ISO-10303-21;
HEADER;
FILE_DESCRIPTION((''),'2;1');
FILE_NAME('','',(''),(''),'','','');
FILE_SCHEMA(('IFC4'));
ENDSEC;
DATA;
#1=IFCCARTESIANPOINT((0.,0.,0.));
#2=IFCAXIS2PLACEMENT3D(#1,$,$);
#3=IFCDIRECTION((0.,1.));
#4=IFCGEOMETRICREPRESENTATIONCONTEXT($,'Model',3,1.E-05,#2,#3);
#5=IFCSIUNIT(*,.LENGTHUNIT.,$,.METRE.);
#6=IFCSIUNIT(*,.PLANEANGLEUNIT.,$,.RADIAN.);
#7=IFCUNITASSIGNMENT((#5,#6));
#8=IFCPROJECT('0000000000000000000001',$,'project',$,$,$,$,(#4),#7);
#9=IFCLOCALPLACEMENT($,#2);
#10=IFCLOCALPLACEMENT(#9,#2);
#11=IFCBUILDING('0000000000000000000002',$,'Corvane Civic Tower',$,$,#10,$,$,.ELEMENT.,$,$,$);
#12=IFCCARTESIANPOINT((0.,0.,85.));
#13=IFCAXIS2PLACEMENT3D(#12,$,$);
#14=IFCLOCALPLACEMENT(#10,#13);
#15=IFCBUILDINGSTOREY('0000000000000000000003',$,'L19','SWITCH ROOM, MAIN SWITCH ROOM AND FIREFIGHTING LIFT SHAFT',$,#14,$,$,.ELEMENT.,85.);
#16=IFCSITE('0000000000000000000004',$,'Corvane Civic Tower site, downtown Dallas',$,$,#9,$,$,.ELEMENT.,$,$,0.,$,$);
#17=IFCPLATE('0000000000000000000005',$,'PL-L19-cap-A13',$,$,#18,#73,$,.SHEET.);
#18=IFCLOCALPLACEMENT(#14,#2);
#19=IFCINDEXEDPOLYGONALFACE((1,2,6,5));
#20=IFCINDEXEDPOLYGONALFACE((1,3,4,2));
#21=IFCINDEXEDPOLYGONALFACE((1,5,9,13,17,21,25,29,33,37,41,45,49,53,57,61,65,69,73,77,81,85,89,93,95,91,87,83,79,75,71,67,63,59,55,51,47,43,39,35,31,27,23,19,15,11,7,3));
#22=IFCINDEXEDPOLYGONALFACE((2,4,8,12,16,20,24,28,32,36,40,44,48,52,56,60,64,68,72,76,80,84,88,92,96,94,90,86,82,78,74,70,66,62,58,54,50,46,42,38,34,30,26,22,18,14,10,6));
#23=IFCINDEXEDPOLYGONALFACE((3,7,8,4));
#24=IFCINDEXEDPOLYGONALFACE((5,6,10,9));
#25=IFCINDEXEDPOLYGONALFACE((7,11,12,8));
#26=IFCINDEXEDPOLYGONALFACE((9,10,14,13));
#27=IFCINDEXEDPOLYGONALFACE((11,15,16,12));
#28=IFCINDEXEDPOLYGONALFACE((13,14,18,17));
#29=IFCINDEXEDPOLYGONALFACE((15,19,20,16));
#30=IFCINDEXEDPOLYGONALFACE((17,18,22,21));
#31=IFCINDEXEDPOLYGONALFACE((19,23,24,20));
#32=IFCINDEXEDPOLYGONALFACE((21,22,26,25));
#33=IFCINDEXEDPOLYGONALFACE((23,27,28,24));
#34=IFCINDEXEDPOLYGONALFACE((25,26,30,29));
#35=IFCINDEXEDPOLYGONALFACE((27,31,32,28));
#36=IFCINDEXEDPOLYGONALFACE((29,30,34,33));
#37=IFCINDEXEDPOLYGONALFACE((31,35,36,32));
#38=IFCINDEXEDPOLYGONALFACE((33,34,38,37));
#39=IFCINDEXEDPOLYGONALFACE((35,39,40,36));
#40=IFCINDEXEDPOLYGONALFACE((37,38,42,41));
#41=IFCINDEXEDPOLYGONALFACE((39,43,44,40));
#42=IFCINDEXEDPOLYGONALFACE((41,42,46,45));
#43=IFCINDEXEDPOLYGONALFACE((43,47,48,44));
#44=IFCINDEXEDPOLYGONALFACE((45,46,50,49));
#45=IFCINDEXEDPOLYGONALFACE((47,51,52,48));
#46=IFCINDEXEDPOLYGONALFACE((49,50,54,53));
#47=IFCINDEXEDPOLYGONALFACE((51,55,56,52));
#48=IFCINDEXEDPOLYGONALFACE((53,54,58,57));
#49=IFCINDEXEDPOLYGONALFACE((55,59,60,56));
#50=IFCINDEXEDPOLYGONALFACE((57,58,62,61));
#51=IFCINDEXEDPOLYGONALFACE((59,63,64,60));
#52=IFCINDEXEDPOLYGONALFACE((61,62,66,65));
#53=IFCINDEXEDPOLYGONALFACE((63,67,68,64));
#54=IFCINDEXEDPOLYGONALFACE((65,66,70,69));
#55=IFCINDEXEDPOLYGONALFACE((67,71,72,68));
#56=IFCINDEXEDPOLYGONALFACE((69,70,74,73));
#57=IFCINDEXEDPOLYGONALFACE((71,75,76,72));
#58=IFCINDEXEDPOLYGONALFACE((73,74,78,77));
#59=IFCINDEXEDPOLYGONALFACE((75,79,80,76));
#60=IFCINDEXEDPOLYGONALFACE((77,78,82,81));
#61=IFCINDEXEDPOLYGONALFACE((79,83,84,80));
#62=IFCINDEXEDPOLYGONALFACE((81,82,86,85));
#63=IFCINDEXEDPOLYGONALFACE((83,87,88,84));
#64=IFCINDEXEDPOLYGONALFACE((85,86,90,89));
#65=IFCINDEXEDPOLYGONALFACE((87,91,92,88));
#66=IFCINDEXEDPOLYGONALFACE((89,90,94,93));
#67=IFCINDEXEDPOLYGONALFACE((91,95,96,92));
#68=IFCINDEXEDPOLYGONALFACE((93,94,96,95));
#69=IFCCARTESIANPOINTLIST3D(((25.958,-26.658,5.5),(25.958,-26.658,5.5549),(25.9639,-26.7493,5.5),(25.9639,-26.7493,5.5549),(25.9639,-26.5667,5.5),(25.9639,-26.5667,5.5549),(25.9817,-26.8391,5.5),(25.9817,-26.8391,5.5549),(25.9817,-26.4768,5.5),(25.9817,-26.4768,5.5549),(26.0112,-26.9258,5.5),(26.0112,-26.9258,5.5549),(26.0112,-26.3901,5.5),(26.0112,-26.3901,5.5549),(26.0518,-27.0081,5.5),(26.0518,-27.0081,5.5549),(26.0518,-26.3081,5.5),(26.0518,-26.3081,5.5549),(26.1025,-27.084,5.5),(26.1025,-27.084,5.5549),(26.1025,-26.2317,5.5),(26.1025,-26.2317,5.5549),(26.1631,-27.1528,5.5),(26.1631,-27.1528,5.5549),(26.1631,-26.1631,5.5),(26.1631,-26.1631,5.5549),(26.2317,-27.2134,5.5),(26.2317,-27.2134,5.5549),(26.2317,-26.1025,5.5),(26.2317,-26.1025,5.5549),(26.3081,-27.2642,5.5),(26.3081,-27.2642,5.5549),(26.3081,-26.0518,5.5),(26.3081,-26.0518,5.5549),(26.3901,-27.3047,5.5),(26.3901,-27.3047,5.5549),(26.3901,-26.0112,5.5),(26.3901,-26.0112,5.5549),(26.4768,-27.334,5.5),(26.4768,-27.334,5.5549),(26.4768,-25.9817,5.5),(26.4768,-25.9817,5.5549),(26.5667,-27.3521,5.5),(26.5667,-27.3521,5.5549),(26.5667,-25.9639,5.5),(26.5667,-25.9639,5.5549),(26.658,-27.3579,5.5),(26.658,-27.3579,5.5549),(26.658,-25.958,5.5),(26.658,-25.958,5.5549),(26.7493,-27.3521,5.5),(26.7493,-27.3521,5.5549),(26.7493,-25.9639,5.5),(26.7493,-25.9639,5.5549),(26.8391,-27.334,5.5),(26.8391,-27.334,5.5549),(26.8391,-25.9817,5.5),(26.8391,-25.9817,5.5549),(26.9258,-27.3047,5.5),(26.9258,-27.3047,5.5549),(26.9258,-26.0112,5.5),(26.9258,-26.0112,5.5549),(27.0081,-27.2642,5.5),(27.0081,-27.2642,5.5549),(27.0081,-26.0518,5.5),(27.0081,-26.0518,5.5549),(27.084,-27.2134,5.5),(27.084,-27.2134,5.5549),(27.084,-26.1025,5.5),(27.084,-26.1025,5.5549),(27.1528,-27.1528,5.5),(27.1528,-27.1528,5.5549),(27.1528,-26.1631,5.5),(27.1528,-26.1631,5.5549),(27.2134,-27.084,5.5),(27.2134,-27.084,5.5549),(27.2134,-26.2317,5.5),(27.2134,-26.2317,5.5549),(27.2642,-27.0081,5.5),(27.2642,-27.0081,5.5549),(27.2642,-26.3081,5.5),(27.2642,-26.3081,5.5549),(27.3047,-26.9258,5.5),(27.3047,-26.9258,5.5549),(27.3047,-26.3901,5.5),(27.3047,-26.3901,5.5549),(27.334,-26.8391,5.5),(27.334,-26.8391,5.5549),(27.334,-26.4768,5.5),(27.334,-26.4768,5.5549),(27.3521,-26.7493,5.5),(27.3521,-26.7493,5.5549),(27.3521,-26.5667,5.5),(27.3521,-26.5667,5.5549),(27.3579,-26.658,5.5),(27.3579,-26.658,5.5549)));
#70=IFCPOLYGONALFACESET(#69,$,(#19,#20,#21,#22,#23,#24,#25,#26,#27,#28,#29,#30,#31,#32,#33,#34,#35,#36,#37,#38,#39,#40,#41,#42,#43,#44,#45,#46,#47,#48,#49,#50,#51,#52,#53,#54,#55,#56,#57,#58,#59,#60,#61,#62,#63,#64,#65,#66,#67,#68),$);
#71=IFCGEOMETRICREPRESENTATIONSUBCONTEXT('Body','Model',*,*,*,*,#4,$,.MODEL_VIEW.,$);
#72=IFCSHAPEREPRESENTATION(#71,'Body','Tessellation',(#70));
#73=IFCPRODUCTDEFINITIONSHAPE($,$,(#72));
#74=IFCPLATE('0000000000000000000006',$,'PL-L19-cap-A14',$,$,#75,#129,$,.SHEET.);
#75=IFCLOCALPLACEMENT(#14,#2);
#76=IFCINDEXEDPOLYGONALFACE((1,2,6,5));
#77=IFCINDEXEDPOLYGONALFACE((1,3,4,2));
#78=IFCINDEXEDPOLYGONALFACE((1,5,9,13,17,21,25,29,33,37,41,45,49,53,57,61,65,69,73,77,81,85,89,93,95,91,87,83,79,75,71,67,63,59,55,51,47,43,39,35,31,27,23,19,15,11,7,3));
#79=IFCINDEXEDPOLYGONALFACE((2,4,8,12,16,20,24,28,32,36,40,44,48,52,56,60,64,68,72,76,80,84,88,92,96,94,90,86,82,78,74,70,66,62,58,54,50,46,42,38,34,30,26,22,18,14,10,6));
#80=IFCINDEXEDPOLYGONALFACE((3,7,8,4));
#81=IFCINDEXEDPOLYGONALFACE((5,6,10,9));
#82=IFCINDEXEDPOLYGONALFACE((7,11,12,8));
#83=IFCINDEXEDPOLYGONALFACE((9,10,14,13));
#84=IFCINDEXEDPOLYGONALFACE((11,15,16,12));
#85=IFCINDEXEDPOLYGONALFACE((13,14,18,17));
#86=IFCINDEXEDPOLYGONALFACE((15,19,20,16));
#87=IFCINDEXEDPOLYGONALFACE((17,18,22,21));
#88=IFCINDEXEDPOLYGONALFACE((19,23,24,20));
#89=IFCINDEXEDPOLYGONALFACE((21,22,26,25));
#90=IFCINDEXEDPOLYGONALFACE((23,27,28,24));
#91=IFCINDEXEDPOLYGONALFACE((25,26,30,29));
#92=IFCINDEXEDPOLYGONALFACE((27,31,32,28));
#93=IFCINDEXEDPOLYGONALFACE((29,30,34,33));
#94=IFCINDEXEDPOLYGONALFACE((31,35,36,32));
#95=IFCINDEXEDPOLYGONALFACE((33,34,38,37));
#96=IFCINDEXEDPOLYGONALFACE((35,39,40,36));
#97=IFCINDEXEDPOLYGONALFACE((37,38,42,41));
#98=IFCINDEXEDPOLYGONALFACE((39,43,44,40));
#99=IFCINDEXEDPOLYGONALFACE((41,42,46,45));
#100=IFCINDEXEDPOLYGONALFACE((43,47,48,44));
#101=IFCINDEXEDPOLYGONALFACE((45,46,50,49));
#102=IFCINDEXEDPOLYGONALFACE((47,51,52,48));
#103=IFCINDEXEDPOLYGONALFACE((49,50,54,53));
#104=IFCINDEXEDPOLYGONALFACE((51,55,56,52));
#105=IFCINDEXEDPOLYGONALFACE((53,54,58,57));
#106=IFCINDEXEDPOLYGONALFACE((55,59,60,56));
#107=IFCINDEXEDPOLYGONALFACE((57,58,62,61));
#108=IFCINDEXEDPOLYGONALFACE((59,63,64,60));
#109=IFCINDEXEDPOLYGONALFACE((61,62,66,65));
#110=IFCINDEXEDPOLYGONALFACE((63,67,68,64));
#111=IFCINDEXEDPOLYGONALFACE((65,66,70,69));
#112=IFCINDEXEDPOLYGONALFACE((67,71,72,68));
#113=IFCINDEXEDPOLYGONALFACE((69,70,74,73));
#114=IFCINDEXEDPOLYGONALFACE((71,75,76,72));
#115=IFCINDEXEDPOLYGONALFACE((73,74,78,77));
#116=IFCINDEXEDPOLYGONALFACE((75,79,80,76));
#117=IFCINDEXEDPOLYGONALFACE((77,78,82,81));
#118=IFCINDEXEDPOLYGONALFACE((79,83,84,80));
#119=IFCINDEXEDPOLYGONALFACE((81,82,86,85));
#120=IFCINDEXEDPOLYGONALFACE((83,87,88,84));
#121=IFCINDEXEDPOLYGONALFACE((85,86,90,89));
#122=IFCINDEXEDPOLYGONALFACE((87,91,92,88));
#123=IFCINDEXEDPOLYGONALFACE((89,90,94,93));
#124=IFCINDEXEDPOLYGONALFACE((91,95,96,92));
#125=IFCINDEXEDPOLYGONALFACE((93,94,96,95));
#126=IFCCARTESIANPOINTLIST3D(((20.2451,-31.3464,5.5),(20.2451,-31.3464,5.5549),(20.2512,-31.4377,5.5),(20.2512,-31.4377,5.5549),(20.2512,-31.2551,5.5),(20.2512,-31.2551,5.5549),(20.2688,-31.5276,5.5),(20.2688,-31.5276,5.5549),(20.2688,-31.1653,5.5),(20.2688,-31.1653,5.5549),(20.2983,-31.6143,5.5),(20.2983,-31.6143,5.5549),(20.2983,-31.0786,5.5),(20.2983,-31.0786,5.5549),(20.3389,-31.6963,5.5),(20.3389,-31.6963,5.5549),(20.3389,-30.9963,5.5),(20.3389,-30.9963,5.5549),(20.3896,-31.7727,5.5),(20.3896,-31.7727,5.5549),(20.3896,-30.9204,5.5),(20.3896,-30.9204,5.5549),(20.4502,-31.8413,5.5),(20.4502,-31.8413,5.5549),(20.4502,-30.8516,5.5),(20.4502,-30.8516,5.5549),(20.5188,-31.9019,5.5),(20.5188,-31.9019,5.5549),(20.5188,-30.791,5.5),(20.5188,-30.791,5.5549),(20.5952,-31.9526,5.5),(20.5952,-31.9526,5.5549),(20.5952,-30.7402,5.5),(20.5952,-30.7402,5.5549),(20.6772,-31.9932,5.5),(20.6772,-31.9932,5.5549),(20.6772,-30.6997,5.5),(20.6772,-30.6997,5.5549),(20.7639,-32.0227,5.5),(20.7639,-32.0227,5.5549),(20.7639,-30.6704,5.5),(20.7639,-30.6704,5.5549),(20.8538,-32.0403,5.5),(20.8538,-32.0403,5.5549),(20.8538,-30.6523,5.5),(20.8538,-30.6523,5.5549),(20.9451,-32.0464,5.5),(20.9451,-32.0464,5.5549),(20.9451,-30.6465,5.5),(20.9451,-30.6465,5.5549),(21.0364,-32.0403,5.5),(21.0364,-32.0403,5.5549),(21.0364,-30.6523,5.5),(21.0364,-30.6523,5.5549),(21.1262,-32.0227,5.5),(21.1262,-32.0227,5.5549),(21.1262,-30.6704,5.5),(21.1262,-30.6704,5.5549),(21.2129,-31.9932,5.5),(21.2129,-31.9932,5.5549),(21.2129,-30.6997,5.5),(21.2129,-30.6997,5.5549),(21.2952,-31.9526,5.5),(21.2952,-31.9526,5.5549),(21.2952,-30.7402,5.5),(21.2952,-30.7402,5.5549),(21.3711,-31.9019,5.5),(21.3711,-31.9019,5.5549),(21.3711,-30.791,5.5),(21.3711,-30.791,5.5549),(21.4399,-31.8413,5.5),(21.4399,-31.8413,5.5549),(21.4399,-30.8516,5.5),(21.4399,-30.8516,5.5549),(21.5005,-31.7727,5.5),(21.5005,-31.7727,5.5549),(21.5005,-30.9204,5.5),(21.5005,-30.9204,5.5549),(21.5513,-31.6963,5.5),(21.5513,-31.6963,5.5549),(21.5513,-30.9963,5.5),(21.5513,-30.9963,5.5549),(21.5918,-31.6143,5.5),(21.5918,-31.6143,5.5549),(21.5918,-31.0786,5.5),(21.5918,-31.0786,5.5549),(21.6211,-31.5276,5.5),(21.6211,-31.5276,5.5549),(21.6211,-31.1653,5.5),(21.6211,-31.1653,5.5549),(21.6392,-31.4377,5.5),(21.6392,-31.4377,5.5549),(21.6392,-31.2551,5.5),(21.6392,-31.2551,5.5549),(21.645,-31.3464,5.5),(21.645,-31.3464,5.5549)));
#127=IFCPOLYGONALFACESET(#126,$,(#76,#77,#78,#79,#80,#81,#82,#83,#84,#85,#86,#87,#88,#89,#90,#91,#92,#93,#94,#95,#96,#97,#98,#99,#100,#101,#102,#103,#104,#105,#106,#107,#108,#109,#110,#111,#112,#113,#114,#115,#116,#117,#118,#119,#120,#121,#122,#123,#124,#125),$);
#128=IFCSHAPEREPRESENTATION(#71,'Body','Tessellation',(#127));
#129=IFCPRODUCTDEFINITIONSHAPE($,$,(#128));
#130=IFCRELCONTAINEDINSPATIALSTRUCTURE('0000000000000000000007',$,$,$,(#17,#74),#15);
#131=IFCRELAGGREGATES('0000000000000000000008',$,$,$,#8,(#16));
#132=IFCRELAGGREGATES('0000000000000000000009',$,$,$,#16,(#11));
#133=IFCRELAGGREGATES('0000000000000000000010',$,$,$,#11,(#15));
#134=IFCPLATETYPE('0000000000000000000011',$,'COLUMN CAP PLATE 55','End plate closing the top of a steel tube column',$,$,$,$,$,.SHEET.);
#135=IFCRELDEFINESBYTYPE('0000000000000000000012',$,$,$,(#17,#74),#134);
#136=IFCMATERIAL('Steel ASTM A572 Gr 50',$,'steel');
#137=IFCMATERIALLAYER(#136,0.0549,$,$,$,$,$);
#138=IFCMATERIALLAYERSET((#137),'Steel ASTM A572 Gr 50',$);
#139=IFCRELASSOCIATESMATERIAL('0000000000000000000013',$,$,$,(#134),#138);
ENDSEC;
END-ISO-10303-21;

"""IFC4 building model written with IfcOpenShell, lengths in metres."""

from ifc_helpers import new_model, si_unit, direction, frame, origin, place, context, subcontext, project, spatial, polyline, outline, extrude, material, layer, layer_set, type_object, element, save


model = new_model("IFC4")

# Units and contexts
model_context = context("Model", 3, precision=1e-05, world=origin(), true_north=direction((0.0, 1.0)))
body_context = subcontext(model_context, "Body", "Model", "MODEL_VIEW")
ifc_project = project(units=[si_unit("LENGTHUNIT", "METRE"), si_unit("PLANEANGLEUNIT", "RADIAN")], contexts=[model_context])

# Site, building, storey
site_placement = place(None, origin())
site = spatial("IfcSite", under=ifc_project, at=site_placement, Name="Corvane Civic Tower site, downtown Dallas", CompositionType="ELEMENT", RefElevation=0.0)
building_placement = place(site_placement, origin())
building = spatial("IfcBuilding", under=site, at=building_placement, Name="Corvane Civic Tower", CompositionType="ELEMENT")
storey_placement = place(building_placement, frame((0.0, 0.0, 85.0)))
storey = spatial("IfcBuildingStorey", under=building, at=storey_placement, Name="L19", Description="SWITCH ROOM, MAIN SWITCH ROOM AND FIREFIGHTING LIFT SHAFT", CompositionType="ELEMENT", Elevation=85.0)

# Plates
ifc_material_1 = material(Name="Steel ASTM A572 Gr 50", Category="steel")
ifc_layer_1 = layer(ifc_material_1, 0.0549)
ifc_layer_set_1 = layer_set([ifc_layer_1], Name="Steel ASTM A572 Gr 50")
plate_type = type_object("IfcPlateType", Name="COLUMN CAP PLATE 55", Description="End plate closing the top of a steel tube column", PredefinedType="SHEET", material=ifc_layer_set_1)
plate_1_placement = place(storey_placement, frame((0.0, 0.0, 5.5)))
element("IfcPlate", 1, at=plate_1_placement, inside=storey, type_object=plate_type, Name="PL-L19-cap-A13", PredefinedType="SHEET", context=body_context, shape_type="SweptSolid", body=[
    extrude(outline(polyline([(27.3579, -26.658), (27.3521, -26.5667), (27.334, -26.4768), (27.3047, -26.3901), (27.2642, -26.3081), (27.2134, -26.2317), (27.1528, -26.1631), (27.084, -26.1025), (27.0081, -26.0518), (26.9258, -26.0112), (26.8391, -25.9817), (26.7493, -25.9639), (26.658, -25.958), (26.5667, -25.9639), (26.4768, -25.9817), (26.3901, -26.0112), (26.3081, -26.0518), (26.2317, -26.1025), (26.1631, -26.1631), (26.1025, -26.2317), (26.0518, -26.3081), (26.0112, -26.3901), (25.9817, -26.4768), (25.9639, -26.5667), (25.958, -26.658), (25.9639, -26.7493), (25.9817, -26.8391), (26.0112, -26.9258), (26.0518, -27.0081), (26.1025, -27.084), (26.1631, -27.1528), (26.2317, -27.2134), (26.3081, -27.2642), (26.3901, -27.3047), (26.4768, -27.334), (26.5667, -27.3521), (26.658, -27.3579), (26.7493, -27.3521), (26.8391, -27.334), (26.9258, -27.3047), (27.0081, -27.2642), (27.084, -27.2134), (27.1528, -27.1528), (27.2134, -27.084), (27.2642, -27.0081), (27.3047, -26.9258), (27.334, -26.8391), (27.3521, -26.7493), (27.3579, -26.658)])), origin(), (0.0, 0.0, 1.0), 0.0549),
])
plate_2_placement = place(storey_placement, frame((0.0, 0.0, 5.5)))
element("IfcPlate", 2, at=plate_2_placement, inside=storey, type_object=plate_type, Name="PL-L19-cap-A14", PredefinedType="SHEET", context=body_context, shape_type="SweptSolid", body=[
    extrude(outline(polyline([(21.645, -31.3464), (21.6392, -31.2551), (21.6211, -31.1653), (21.5918, -31.0786), (21.5513, -30.9963), (21.5005, -30.9204), (21.4399, -30.8516), (21.3711, -30.791), (21.2952, -30.7402), (21.2129, -30.6997), (21.1262, -30.6704), (21.0364, -30.6523), (20.9451, -30.6465), (20.8538, -30.6523), (20.7639, -30.6704), (20.6772, -30.6997), (20.5952, -30.7402), (20.5188, -30.791), (20.4502, -30.8516), (20.3896, -30.9204), (20.3389, -30.9963), (20.2983, -31.0786), (20.2688, -31.1653), (20.2512, -31.2551), (20.2451, -31.3464), (20.2512, -31.4377), (20.2688, -31.5276), (20.2983, -31.6143), (20.3389, -31.6963), (20.3896, -31.7727), (20.4502, -31.8413), (20.5188, -31.9019), (20.5952, -31.9526), (20.6772, -31.9932), (20.7639, -32.0227), (20.8538, -32.0403), (20.9451, -32.0464), (21.0364, -32.0403), (21.1262, -32.0227), (21.2129, -31.9932), (21.2952, -31.9526), (21.3711, -31.9019), (21.4399, -31.8413), (21.5005, -31.7727), (21.5513, -31.6963), (21.5918, -31.6143), (21.6211, -31.5276), (21.6392, -31.4377), (21.645, -31.3464)])), origin(), (0.0, 0.0, 1.0), 0.0549),
])

save(model, "model.ifc")
